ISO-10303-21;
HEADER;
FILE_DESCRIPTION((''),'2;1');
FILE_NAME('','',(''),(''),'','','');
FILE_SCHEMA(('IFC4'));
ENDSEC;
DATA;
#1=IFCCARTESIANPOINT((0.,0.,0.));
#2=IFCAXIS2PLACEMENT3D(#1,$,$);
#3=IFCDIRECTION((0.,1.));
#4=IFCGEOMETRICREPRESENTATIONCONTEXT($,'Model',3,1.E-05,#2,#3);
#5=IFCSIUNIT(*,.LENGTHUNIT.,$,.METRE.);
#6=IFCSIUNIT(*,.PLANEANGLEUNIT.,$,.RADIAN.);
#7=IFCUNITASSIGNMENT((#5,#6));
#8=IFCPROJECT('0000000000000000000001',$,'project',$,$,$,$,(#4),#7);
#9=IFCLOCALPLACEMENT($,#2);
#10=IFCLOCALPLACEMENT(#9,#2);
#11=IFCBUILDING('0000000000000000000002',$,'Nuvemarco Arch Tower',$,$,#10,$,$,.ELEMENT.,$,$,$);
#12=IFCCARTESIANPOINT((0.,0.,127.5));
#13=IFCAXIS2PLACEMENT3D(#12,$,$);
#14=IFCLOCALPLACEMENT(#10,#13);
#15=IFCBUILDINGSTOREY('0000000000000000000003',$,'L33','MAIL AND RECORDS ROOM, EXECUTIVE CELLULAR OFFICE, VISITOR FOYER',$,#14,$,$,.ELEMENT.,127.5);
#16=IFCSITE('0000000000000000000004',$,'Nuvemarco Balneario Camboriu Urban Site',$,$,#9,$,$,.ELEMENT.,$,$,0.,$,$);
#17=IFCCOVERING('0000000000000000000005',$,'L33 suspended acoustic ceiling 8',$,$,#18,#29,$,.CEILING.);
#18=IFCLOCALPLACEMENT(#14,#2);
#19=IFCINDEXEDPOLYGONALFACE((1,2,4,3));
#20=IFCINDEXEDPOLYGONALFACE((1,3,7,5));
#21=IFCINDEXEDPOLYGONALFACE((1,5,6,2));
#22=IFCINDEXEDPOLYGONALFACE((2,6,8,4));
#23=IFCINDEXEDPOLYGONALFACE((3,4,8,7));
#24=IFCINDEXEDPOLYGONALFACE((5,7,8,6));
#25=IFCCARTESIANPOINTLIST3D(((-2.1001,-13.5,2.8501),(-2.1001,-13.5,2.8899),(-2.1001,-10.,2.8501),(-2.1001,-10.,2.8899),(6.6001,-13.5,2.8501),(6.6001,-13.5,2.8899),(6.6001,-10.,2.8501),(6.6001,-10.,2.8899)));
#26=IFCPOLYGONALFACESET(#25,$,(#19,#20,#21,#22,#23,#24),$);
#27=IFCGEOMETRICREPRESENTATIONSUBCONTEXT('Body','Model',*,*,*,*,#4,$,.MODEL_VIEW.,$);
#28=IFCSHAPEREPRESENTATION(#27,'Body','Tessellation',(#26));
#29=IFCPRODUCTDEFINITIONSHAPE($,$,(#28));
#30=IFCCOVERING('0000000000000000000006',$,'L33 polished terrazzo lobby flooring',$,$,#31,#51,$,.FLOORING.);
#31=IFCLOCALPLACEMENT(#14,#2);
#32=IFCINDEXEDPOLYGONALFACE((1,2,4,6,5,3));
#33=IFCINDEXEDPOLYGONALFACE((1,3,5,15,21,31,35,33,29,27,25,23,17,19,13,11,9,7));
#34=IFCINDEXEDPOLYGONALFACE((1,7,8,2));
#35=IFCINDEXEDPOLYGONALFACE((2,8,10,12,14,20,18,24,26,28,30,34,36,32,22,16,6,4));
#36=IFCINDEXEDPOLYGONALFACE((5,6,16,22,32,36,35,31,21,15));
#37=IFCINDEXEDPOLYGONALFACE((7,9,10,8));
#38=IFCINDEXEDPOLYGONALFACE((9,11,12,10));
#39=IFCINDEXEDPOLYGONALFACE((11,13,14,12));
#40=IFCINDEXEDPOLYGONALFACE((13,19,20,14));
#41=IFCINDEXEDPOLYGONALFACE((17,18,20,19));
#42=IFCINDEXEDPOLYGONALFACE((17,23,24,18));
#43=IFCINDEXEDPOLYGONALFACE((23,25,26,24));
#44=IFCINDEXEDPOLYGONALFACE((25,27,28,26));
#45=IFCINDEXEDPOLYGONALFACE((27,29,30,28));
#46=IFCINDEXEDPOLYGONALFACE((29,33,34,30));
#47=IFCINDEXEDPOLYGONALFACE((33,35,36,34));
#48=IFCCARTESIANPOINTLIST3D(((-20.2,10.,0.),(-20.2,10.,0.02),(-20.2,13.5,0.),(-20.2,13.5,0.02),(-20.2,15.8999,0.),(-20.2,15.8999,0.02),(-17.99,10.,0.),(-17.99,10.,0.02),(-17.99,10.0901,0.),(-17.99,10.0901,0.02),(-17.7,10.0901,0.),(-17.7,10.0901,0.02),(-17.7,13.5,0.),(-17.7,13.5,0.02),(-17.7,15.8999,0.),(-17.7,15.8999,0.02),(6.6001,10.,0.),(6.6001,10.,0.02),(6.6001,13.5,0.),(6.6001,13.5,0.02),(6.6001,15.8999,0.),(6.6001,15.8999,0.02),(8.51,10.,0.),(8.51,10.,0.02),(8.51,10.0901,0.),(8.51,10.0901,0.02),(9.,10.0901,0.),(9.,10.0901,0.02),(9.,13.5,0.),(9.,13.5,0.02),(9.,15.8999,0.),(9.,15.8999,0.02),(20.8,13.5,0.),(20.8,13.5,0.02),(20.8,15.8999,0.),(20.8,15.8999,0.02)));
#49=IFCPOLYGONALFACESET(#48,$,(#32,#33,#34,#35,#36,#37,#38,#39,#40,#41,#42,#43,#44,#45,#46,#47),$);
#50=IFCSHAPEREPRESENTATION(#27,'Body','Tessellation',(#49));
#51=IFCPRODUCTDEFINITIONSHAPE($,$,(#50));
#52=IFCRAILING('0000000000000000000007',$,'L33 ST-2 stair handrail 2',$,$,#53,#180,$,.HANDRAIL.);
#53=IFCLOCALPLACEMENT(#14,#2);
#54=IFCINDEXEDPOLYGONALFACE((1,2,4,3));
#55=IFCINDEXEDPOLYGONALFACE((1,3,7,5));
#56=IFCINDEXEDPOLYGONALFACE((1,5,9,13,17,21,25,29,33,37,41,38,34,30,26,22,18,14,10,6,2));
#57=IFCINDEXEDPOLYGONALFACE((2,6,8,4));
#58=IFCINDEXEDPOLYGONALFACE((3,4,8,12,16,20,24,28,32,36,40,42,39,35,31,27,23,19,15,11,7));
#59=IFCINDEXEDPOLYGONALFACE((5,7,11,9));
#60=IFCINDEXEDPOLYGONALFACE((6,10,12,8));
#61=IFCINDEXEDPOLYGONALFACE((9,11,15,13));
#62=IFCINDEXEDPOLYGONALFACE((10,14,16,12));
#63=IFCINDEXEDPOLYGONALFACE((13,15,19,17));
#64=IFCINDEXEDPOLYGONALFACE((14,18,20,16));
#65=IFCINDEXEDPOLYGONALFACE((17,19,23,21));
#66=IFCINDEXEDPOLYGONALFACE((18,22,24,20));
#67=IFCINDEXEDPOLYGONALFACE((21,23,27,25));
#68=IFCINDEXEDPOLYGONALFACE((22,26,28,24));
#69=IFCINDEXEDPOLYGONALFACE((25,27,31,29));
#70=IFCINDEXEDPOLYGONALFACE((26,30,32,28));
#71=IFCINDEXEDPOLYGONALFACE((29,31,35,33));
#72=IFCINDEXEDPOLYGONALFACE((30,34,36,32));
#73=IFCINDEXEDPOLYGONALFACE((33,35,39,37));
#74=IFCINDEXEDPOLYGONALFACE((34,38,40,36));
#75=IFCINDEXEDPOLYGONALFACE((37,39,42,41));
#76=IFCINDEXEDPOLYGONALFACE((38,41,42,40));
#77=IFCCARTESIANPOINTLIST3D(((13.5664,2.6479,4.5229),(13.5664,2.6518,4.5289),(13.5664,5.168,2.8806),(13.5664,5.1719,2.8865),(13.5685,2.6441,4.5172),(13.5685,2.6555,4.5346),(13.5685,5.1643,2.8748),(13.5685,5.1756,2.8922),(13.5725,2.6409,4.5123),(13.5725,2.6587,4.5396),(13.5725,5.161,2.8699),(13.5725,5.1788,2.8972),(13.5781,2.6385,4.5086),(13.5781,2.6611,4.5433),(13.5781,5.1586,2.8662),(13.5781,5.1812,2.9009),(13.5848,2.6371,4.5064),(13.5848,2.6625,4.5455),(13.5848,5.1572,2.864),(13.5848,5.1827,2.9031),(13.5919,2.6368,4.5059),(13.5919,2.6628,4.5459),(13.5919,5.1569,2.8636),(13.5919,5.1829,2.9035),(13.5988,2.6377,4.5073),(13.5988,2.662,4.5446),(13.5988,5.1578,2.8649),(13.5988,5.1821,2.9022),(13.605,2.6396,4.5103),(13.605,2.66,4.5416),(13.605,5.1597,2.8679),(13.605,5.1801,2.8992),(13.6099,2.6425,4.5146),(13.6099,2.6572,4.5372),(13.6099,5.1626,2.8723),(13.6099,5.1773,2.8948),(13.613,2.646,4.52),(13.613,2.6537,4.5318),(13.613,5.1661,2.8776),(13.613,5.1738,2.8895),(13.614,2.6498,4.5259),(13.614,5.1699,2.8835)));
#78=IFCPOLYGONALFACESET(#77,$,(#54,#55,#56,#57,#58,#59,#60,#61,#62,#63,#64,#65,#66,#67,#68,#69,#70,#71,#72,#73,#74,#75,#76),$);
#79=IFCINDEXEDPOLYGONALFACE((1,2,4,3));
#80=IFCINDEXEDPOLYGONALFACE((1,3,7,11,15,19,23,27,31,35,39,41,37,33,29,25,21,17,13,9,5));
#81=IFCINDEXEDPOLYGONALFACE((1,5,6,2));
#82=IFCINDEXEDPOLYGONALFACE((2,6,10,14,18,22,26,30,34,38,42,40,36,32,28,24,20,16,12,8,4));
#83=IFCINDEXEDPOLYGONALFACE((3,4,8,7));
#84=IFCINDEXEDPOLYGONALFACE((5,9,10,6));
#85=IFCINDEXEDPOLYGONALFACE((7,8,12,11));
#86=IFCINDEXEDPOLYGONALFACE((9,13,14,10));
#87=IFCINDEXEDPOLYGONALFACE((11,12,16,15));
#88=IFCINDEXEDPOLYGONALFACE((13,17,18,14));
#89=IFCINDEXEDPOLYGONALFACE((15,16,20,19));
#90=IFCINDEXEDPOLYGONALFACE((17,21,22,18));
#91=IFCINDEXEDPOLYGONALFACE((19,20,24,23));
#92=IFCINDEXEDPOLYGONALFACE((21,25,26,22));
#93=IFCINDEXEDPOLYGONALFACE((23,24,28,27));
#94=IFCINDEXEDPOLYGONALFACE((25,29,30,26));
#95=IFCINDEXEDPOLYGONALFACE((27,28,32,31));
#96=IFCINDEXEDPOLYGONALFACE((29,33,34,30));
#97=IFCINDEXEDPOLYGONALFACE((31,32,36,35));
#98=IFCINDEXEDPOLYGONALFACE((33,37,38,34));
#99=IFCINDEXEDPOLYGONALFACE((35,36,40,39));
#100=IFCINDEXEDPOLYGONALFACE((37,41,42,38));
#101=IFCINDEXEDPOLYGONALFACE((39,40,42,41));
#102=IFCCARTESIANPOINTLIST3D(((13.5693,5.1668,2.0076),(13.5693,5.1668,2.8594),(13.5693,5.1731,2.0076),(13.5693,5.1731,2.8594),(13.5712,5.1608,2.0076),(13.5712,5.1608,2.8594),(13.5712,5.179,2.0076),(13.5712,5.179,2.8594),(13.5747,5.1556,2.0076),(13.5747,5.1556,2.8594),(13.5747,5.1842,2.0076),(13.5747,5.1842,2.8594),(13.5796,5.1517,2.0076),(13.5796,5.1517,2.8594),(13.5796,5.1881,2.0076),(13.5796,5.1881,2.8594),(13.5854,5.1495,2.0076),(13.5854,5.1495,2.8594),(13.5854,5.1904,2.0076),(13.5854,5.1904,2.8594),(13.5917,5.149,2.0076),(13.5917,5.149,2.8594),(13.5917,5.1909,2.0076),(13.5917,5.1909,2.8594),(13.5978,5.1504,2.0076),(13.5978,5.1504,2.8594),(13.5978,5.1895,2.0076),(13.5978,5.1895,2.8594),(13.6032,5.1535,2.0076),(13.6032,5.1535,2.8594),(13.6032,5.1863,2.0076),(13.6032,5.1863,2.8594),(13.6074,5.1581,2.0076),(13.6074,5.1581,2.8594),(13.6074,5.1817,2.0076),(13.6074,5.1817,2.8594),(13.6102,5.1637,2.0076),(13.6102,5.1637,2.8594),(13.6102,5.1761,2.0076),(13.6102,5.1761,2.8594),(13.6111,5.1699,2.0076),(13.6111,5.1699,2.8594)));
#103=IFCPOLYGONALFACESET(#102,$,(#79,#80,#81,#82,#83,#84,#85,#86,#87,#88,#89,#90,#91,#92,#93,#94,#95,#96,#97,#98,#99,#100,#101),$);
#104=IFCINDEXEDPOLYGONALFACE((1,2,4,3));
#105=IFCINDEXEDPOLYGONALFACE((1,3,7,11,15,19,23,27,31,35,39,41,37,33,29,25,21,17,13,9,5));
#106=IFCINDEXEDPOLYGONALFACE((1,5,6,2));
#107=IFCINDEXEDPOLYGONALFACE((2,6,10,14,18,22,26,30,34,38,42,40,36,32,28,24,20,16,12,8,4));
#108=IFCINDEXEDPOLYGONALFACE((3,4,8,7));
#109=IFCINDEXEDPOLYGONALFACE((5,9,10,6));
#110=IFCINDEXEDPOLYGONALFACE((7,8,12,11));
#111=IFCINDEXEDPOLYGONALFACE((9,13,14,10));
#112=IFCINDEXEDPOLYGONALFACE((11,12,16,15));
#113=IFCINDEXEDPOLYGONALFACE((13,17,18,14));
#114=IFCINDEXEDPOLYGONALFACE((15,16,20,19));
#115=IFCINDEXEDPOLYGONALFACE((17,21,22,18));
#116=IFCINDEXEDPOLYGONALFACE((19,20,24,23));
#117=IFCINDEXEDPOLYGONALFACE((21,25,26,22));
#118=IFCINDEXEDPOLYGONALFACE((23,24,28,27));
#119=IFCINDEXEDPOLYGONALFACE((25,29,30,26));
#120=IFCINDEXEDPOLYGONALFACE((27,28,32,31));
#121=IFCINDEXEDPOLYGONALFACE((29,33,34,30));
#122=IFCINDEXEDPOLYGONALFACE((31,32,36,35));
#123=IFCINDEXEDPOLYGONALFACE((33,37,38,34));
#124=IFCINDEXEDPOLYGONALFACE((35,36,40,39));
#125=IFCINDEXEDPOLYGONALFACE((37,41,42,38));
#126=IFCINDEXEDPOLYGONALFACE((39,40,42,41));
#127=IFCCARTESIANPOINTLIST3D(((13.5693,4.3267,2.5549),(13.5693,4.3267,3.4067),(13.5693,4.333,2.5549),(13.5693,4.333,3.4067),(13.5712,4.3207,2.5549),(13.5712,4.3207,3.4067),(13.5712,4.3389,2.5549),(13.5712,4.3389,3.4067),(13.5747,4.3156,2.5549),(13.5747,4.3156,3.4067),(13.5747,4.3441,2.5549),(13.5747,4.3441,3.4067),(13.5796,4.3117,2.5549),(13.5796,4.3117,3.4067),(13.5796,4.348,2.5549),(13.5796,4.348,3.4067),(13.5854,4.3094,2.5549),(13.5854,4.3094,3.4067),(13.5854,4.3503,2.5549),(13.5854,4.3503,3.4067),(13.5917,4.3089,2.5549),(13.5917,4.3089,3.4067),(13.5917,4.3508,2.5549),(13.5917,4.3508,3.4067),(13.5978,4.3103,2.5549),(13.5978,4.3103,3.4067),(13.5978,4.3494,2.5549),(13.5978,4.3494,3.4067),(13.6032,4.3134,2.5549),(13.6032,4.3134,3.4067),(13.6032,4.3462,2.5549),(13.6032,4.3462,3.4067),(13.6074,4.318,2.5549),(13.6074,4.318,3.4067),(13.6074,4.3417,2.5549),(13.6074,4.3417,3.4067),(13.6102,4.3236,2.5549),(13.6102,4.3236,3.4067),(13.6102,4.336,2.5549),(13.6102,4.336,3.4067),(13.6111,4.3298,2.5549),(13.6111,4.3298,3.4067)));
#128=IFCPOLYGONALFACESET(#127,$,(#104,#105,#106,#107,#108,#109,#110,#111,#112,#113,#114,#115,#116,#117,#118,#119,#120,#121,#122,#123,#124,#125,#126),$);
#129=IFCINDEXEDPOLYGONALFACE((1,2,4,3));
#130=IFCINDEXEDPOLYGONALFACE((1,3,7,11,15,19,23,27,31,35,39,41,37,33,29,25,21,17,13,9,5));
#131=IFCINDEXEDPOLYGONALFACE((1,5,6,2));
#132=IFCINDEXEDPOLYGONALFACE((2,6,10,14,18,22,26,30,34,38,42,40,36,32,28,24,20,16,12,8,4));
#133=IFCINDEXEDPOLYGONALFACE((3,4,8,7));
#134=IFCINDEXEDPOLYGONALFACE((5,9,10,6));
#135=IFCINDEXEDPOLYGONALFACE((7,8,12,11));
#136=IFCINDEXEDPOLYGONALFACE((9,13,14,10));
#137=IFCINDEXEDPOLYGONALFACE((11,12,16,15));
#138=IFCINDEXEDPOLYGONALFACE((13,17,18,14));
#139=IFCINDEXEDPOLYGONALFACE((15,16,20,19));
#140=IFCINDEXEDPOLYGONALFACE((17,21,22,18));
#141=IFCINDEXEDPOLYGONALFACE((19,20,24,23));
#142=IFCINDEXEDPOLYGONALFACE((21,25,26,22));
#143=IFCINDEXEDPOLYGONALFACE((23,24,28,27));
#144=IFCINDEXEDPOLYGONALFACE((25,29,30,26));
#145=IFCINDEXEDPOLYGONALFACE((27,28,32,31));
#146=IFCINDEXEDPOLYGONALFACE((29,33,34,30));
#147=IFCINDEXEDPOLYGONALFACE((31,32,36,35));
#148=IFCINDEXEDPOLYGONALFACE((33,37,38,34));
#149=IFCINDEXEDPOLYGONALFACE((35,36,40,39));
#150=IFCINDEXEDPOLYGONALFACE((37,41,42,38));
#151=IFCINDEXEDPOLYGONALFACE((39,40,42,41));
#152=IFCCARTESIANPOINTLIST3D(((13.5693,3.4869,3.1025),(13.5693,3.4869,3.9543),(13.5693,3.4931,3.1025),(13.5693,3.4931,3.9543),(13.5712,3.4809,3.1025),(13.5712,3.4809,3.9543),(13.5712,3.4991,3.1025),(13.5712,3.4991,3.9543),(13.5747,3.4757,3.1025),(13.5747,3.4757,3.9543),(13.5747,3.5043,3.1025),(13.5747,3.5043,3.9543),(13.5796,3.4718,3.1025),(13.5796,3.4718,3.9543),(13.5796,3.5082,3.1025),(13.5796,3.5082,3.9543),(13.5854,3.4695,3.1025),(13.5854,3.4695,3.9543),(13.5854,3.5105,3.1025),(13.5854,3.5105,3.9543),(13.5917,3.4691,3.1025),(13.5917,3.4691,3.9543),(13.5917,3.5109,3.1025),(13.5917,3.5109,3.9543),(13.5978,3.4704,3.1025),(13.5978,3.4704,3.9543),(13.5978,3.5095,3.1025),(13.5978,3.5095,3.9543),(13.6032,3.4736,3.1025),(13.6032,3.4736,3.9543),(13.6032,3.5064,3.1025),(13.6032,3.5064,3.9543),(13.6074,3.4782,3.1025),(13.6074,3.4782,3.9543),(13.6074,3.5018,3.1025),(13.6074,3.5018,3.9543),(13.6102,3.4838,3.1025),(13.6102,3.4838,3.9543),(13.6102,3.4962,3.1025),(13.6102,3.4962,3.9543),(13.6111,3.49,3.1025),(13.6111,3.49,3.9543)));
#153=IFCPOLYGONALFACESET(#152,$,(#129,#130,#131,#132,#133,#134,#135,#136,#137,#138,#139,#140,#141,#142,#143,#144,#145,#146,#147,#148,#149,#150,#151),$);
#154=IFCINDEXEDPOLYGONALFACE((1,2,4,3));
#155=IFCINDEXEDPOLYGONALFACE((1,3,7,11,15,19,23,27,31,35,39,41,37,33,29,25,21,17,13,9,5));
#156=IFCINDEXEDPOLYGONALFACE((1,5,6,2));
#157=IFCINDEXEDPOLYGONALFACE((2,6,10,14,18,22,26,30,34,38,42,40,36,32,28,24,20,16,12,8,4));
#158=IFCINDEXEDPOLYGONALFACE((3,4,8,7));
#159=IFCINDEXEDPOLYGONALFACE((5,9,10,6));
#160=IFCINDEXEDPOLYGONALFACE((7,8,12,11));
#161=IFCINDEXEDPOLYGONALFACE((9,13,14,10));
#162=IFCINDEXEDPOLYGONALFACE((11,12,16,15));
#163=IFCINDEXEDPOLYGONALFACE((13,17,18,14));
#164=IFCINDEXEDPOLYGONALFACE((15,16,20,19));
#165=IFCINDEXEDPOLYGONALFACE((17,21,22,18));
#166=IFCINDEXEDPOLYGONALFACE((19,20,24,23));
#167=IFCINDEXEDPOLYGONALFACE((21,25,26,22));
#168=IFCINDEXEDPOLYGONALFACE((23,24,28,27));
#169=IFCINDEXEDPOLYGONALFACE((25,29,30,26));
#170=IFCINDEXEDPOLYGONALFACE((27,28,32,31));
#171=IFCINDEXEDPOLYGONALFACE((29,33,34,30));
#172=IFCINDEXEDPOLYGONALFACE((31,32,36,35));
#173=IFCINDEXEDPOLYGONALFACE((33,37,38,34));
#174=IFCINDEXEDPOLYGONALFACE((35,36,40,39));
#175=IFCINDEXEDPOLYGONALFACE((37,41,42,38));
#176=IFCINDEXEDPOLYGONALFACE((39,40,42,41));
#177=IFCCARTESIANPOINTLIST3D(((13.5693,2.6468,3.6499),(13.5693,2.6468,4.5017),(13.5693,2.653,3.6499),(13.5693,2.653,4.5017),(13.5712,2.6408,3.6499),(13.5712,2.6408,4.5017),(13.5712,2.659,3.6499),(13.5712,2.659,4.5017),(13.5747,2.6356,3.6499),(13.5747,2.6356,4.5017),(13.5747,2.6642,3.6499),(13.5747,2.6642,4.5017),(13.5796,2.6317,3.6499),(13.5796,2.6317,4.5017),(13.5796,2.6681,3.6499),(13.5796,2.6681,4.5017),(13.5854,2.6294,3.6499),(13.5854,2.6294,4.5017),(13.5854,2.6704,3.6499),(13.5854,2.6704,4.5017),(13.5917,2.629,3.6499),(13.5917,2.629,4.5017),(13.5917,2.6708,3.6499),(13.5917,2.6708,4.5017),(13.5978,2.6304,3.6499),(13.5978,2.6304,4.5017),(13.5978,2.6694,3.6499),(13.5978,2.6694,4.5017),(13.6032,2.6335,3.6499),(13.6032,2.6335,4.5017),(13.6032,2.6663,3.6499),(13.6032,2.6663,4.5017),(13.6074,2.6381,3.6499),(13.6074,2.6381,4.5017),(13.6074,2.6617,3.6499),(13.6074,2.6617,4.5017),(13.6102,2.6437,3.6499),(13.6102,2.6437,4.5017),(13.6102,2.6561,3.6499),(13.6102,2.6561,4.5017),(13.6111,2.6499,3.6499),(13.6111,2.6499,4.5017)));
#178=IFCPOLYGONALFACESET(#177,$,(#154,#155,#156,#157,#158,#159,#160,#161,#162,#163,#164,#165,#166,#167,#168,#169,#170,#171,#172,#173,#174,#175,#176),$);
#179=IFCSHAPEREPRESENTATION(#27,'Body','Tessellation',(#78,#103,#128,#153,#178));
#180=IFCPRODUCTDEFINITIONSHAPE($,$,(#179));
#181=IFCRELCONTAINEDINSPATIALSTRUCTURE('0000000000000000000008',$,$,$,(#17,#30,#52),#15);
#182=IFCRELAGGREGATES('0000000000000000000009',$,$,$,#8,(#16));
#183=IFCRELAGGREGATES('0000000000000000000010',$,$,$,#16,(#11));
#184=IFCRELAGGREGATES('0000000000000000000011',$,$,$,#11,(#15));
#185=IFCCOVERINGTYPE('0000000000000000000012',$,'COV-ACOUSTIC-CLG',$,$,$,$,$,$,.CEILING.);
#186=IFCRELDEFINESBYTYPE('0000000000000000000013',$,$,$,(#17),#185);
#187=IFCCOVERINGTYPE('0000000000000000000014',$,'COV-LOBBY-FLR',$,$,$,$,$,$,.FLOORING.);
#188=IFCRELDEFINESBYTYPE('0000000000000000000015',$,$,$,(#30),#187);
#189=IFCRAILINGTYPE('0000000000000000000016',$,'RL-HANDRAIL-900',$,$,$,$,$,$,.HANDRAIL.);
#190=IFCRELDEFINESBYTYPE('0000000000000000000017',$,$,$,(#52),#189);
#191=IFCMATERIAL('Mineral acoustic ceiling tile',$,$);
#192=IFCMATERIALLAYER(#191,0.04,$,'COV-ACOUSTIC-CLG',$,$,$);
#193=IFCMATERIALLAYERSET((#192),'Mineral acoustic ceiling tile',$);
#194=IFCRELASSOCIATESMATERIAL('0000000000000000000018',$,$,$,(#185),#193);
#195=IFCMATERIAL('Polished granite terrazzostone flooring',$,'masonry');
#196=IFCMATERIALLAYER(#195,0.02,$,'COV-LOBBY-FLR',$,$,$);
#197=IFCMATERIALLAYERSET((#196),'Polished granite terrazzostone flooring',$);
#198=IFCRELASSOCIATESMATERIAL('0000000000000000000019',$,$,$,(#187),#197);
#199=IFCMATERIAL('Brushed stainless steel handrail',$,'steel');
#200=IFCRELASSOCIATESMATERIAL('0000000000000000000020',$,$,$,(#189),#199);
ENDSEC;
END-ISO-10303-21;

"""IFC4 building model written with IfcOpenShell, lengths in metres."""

from ifc_helpers import new_model, si_unit, direction, frame, origin, origin_2d, place, context, subcontext, project, spatial, polyline, circle, outline, extrude, material, layer, layer_set, type_object, element, save


model = new_model("IFC4")

# Units and contexts
model_context = context("Model", 3, precision=1e-05, world=origin(), true_north=direction((0.0, 1.0)))
body_context = subcontext(model_context, "Body", "Model", "MODEL_VIEW")
ifc_project = project(units=[si_unit("LENGTHUNIT", "METRE"), si_unit("PLANEANGLEUNIT", "RADIAN")], contexts=[model_context])

# Site, building, storey
site_placement = place(None, origin())
site = spatial("IfcSite", under=ifc_project, at=site_placement, Name="Nuvemarco Balneario Camboriu Urban Site", CompositionType="ELEMENT", RefElevation=0.0)
building_placement = place(site_placement, origin())
building = spatial("IfcBuilding", under=site, at=building_placement, Name="Nuvemarco Arch Tower", CompositionType="ELEMENT")
storey_placement = place(building_placement, frame((0.0, 0.0, 127.5)))
storey = spatial("IfcBuildingStorey", under=building, at=storey_placement, Name="L33", Description="MAIL AND RECORDS ROOM, EXECUTIVE CELLULAR OFFICE, VISITOR FOYER", CompositionType="ELEMENT", Elevation=127.5)

# Coverings
ifc_material_1 = material(Name="Mineral acoustic ceiling tile")
ifc_layer_1 = layer(ifc_material_1, 0.04, Name="COV-ACOUSTIC-CLG")
ifc_layer_set_1 = layer_set([ifc_layer_1], Name="Mineral acoustic ceiling tile")
covering_type_1 = type_object("IfcCoveringType", Name="COV-ACOUSTIC-CLG", PredefinedType="CEILING", material=ifc_layer_set_1)
covering_1_placement = place(storey_placement, frame((0.0, 0.0, 2.8501)))
element("IfcCovering", 1, at=covering_1_placement, inside=storey, type_object=covering_type_1, Name="L33 suspended acoustic ceiling 8", PredefinedType="CEILING", context=body_context, shape_type="SweptSolid", body=[
    extrude(outline(polyline([(6.6001, -13.5), (-2.1001, -13.5), (-2.1001, -10.0), (6.6001, -10.0), (6.6001, -13.5)])), origin(), (0.0, 0.0, 1.0), 0.0398),
])
ifc_material_2 = material(Name="Polished granite terrazzostone flooring", Category="masonry")
ifc_layer_2 = layer(ifc_material_2, 0.02, Name="COV-LOBBY-FLR")
ifc_layer_set_2 = layer_set([ifc_layer_2], Name="Polished granite terrazzostone flooring")
covering_type_2 = type_object("IfcCoveringType", Name="COV-LOBBY-FLR", PredefinedType="FLOORING", material=ifc_layer_set_2)
covering_2_placement = place(storey_placement, origin())
element("IfcCovering", 2, at=covering_2_placement, inside=storey, type_object=covering_type_2, Name="L33 polished terrazzo lobby flooring", PredefinedType="FLOORING", context=body_context, shape_type="SweptSolid", body=[
    extrude(outline(polyline([(-20.2, 13.5), (-20.2, 15.8999), (-17.7, 15.8999), (6.6001, 15.8999), (9.0, 15.8999), (20.8, 15.8999), (20.8, 13.5), (9.0, 13.5), (9.0, 10.0901), (8.51, 10.0901), (8.51, 10.0), (6.6001, 10.0), (6.6001, 13.5), (-17.7, 13.5), (-17.7, 10.0901), (-17.99, 10.0901), (-17.99, 10.0), (-20.2, 10.0), (-20.2, 13.5)])), origin(), (0.0, 0.0, 1.0), 0.02),
])

# Railing
ifc_material_3 = material(Name="Brushed stainless steel handrail", Category="steel")
railing_type = type_object("IfcRailingType", Name="RL-HANDRAIL-900", PredefinedType="HANDRAIL", material=ifc_material_3)
railing_placement = place(storey_placement, frame((13.5901, 5.1699, 2.0076)))
element("IfcRailing", 3, at=railing_placement, inside=storey, type_object=railing_type, Name="L33 ST-2 stair handrail 2", PredefinedType="HANDRAIL", context=body_context, shape_type="SweptSolid", body=[
    extrude(circle(Radius=0.0239, at=origin_2d()), frame((0.0, 0.0, 0.876), z_axis=(0.0, -0.837787, 0.545998), x_axis=(1.0, 0.0, 0.0)), (0.0, 0.0, 1.0), 3.0081),
    extrude(circle(Radius=0.021, at=origin_2d()), origin(), (0.0, 0.0, 1.0), 0.8518),
    extrude(circle(Radius=0.021, at=origin_2d()), frame((0.0, -0.8401, 0.5474)), (0.0, 0.0, 1.0), 0.8518),
    extrude(circle(Radius=0.021, at=origin_2d()), frame((0.0, -1.6799, 1.095)), (0.0, 0.0, 1.0), 0.8518),
    extrude(circle(Radius=0.021, at=origin_2d()), frame((0.0, -2.52, 1.6423)), (0.0, 0.0, 1.0), 0.8518),
])

save(model, "model.ifc")
